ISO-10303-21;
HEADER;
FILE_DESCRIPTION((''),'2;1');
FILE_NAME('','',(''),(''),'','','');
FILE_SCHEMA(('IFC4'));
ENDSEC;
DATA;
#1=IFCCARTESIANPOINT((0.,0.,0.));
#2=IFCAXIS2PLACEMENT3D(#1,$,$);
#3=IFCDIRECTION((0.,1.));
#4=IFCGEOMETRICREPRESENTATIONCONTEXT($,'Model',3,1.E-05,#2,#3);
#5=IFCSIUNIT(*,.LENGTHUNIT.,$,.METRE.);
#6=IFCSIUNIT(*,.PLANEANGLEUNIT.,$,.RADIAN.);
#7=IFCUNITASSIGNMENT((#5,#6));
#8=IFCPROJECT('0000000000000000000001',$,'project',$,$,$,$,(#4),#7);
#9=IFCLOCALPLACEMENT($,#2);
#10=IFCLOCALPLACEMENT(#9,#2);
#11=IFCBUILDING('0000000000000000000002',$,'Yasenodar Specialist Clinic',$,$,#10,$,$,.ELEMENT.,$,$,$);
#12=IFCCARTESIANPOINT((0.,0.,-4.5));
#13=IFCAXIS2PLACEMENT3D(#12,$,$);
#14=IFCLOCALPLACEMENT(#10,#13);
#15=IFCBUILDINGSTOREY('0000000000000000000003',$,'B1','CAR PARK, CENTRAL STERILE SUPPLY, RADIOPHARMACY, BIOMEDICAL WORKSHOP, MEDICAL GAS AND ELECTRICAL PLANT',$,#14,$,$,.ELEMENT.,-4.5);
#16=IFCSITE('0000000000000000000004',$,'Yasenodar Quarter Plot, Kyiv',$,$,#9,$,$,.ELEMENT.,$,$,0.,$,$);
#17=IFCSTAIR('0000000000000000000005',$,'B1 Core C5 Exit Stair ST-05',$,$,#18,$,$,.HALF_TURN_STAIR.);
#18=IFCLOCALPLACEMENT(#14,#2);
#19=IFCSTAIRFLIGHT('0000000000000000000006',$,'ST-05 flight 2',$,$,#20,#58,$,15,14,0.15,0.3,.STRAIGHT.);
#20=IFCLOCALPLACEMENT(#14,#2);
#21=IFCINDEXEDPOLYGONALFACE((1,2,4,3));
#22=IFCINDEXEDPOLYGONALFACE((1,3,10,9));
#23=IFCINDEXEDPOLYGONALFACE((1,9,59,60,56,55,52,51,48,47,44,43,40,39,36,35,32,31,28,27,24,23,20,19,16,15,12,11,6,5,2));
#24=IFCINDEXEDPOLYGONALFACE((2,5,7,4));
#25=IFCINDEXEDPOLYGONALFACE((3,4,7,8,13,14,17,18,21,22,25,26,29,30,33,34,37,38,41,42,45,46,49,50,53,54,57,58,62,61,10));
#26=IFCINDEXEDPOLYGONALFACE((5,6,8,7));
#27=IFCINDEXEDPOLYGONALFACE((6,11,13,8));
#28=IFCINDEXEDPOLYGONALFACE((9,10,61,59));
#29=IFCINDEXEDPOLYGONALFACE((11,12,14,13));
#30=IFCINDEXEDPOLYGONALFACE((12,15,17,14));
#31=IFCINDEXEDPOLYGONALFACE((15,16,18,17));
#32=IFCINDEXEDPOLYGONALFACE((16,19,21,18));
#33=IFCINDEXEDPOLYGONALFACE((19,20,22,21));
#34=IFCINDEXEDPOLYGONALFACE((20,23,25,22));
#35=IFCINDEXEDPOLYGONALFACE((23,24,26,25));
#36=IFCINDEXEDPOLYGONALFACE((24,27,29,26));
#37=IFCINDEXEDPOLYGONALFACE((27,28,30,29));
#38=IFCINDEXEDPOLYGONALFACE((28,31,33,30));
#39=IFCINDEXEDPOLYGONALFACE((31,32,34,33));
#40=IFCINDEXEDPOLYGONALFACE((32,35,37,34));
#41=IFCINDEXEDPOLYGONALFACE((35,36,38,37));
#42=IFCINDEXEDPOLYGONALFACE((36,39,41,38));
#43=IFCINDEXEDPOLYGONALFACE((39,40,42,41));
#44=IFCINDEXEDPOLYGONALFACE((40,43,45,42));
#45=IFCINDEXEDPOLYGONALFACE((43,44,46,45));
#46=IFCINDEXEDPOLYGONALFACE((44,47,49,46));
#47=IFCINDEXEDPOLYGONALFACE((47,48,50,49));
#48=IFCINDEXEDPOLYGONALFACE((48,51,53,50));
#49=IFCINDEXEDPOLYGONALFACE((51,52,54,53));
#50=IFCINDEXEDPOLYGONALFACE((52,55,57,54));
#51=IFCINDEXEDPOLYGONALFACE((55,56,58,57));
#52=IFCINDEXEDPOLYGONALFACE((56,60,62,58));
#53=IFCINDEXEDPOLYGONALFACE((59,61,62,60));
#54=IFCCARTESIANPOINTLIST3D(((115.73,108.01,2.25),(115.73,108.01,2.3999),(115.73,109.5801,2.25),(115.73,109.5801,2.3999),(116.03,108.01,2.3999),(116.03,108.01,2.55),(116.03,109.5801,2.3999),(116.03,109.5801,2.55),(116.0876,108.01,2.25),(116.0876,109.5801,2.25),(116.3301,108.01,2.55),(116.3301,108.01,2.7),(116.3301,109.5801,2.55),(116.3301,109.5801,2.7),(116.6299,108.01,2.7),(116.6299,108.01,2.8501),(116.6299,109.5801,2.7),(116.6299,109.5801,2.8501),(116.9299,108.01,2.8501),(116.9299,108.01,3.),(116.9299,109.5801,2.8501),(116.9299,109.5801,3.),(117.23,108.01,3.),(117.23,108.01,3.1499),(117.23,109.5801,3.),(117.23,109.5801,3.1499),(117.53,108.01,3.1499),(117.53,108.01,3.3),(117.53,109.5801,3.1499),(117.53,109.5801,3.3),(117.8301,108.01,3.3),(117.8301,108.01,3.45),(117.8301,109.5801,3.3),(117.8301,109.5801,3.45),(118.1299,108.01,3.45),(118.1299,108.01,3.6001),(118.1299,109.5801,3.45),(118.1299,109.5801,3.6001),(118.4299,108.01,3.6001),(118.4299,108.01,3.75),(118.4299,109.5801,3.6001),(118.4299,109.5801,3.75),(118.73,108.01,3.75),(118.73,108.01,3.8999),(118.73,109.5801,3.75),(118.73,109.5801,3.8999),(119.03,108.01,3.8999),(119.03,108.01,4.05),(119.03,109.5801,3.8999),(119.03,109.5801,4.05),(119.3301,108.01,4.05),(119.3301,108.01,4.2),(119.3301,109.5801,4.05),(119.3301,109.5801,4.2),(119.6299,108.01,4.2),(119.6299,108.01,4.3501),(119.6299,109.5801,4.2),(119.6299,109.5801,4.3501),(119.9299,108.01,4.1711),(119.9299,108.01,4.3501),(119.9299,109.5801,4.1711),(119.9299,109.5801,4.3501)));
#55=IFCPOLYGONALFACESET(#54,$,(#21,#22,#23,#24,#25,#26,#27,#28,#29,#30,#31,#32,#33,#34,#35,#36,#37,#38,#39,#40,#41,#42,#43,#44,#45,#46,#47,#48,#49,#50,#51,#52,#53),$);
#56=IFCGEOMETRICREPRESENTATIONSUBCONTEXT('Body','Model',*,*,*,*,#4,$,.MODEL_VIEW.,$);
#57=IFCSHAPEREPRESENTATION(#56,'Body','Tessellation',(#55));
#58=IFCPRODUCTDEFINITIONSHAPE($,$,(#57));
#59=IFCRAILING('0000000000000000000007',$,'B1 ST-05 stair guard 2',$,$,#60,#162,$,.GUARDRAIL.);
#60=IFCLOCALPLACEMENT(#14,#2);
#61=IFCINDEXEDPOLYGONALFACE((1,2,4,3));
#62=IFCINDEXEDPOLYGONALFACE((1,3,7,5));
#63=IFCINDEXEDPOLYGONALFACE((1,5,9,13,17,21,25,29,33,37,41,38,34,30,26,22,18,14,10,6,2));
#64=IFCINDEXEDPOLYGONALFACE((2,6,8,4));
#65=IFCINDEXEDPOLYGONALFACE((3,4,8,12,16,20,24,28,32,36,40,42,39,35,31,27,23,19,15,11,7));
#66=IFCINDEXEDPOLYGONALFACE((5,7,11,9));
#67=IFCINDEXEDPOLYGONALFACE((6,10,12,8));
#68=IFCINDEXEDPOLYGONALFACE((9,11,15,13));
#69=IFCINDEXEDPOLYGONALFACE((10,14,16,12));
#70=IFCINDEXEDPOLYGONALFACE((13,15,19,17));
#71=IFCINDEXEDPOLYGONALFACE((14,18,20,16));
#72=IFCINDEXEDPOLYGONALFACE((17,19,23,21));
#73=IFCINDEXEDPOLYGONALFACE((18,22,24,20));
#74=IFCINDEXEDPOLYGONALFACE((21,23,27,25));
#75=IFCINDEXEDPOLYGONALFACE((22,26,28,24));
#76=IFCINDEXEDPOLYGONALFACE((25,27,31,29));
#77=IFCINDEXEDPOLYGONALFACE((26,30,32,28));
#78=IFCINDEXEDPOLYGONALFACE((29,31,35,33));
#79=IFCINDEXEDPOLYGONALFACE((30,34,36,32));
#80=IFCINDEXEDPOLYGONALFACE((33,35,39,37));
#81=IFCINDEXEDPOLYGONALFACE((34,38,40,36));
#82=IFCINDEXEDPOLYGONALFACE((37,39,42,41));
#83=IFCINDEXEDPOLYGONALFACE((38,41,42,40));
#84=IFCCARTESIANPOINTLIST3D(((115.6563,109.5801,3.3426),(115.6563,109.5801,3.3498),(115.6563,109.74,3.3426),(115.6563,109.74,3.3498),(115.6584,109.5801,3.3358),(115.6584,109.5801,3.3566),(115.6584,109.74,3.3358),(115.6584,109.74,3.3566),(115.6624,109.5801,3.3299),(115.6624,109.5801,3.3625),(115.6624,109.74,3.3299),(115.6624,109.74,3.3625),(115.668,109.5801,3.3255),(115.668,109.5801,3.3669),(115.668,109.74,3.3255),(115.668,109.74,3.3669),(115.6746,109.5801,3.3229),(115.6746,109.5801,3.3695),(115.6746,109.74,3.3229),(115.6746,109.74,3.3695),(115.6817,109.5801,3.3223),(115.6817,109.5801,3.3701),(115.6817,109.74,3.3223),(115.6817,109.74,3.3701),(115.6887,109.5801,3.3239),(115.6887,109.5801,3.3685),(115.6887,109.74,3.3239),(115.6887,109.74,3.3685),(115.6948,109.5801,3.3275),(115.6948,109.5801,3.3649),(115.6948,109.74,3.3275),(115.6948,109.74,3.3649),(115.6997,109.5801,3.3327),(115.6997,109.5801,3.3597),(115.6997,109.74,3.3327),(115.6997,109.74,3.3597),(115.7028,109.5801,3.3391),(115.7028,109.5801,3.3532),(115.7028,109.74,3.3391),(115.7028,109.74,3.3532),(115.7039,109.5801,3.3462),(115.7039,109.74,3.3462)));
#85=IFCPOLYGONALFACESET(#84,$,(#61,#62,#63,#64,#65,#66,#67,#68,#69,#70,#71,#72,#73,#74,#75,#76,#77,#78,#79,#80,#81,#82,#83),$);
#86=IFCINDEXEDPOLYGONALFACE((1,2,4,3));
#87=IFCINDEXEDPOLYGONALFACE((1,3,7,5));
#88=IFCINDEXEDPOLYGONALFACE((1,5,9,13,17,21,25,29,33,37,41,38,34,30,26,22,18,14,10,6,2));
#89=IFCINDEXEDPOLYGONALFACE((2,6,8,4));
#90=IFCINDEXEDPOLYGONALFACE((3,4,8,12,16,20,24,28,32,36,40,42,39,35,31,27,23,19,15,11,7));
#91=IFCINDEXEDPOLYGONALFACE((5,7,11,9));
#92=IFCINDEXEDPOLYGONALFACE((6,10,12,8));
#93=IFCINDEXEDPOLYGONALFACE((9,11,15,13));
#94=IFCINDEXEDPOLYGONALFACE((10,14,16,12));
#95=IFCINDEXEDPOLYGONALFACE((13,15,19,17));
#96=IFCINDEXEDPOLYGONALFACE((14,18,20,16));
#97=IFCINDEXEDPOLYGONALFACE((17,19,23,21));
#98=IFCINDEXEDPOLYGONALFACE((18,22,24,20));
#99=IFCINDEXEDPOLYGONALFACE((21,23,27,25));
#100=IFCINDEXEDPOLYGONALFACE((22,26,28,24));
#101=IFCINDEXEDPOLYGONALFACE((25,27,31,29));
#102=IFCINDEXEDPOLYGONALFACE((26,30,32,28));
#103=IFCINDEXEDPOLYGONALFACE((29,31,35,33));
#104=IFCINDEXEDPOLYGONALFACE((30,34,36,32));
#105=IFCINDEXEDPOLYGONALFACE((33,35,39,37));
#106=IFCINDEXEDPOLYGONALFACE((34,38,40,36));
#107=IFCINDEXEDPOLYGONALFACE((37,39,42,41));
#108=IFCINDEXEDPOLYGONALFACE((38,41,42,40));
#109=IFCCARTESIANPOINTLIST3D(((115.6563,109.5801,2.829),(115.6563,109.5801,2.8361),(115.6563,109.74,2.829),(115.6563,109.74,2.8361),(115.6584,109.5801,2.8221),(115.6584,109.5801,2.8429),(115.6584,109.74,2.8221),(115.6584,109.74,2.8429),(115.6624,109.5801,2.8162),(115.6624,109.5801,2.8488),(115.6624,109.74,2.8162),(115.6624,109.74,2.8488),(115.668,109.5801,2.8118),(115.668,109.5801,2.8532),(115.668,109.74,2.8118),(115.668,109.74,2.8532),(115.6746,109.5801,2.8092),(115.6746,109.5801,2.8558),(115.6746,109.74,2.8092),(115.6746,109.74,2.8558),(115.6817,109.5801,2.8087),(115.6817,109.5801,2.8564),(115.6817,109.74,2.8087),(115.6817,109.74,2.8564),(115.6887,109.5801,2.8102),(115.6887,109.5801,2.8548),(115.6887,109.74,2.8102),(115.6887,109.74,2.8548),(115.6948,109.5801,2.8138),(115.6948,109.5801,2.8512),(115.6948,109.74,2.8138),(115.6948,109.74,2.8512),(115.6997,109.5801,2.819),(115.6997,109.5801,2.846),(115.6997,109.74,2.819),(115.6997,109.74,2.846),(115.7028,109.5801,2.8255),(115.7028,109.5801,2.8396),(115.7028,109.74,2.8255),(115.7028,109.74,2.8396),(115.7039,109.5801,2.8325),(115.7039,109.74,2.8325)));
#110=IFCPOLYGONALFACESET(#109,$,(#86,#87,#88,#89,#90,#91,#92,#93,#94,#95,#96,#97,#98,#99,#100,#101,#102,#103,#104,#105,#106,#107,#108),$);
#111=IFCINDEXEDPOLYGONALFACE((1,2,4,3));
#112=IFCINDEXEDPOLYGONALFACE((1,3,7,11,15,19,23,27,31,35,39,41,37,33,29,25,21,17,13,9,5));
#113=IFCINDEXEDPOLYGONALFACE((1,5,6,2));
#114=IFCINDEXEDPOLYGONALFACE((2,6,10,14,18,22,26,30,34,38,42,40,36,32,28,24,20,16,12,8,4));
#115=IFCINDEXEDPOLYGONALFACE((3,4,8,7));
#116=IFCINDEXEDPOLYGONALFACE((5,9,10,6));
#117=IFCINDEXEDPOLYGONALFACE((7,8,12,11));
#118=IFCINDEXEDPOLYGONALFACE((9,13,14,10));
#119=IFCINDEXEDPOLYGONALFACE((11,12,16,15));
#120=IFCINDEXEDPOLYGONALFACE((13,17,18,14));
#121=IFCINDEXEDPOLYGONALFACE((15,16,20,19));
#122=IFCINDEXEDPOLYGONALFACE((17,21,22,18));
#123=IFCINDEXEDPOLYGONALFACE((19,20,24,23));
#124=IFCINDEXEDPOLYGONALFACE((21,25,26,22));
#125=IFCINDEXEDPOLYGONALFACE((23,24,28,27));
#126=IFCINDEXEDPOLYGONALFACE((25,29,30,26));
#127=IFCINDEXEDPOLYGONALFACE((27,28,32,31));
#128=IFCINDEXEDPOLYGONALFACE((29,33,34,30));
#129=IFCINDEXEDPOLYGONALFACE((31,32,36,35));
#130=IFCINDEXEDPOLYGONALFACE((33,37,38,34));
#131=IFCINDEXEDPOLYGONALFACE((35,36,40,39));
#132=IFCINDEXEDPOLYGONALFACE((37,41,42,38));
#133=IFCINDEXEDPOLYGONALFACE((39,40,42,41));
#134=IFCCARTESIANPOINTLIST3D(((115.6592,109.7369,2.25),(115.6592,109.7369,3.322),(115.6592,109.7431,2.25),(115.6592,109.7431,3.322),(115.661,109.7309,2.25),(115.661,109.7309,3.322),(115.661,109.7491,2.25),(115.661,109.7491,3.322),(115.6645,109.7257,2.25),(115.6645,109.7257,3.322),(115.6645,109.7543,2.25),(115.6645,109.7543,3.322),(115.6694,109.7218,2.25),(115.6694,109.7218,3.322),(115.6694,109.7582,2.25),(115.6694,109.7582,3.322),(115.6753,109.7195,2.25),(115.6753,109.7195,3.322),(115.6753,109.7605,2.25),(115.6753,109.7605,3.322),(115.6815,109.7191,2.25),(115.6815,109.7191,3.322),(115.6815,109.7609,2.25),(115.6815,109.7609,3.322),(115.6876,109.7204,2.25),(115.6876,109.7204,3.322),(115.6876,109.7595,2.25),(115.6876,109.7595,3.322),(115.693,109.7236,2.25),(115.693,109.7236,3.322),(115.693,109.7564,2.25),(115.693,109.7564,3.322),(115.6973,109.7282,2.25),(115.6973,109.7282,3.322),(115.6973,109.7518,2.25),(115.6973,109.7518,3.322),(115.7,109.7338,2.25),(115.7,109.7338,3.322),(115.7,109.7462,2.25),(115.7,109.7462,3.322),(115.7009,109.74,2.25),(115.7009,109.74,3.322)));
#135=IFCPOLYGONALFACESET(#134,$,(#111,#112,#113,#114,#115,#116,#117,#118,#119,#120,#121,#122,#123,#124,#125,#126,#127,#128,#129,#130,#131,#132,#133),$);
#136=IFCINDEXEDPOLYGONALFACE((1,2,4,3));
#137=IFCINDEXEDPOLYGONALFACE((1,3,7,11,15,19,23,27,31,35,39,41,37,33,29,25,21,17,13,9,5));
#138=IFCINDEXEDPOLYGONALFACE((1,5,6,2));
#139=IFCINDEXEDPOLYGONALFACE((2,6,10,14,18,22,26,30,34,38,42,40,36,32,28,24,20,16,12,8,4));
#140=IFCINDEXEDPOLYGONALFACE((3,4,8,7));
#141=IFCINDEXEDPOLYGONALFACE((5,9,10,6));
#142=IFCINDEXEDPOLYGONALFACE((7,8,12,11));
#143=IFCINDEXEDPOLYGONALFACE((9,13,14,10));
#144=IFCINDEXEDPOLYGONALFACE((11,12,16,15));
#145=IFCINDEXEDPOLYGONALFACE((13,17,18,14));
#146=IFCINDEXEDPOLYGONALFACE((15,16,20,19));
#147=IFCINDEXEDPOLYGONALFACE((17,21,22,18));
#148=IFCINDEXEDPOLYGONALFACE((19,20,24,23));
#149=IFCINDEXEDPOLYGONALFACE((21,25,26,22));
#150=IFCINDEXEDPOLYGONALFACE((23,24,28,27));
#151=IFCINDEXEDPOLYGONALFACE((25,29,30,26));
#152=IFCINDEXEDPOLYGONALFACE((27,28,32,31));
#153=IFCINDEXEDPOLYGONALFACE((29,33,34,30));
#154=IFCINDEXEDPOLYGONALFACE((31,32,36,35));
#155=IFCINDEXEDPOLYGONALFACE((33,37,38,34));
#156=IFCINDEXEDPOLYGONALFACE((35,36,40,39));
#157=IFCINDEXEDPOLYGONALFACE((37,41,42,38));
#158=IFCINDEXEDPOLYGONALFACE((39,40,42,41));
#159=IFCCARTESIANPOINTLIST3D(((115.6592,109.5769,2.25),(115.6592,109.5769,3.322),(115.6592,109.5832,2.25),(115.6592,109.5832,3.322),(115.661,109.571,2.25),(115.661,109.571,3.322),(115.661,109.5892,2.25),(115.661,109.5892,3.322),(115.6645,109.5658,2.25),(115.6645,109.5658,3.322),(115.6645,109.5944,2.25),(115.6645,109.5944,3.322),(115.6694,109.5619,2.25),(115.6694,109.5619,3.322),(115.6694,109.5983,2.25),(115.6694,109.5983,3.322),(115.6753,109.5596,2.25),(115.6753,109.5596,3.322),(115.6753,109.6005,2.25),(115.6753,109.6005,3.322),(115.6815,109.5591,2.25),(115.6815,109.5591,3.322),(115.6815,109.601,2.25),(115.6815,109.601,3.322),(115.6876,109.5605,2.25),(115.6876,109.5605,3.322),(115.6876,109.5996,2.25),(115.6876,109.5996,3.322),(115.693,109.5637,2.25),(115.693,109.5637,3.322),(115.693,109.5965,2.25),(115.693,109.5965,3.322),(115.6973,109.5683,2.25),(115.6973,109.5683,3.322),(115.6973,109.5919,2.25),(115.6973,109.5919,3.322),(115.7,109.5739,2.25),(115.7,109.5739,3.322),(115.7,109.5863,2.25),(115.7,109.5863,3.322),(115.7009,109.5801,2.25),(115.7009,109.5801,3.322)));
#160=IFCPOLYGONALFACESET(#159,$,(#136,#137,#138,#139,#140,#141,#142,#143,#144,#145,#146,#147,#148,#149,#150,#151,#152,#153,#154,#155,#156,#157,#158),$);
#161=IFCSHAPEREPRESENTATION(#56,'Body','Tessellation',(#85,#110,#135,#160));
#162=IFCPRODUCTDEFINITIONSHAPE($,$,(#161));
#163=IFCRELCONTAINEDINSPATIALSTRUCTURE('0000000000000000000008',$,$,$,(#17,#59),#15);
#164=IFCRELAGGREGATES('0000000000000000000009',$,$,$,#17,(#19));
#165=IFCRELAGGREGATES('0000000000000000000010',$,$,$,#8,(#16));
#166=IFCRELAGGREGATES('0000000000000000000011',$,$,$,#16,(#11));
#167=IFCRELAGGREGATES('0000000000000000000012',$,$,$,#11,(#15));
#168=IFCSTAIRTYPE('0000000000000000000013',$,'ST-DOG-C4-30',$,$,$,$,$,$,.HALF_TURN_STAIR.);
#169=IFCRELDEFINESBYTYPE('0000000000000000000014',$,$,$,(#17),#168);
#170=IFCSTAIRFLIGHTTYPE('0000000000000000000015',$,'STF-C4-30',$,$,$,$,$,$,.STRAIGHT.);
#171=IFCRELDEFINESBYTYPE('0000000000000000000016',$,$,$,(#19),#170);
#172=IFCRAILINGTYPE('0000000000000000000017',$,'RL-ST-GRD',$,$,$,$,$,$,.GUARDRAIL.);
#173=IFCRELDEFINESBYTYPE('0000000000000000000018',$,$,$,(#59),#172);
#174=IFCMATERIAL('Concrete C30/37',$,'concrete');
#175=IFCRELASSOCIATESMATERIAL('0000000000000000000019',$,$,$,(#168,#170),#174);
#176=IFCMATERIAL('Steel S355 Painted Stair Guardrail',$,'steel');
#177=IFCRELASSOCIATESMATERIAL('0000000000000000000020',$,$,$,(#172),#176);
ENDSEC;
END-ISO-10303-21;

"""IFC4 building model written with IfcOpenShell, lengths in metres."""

from ifc_helpers import new_model, si_unit, direction, frame, origin, origin_2d, place, context, subcontext, project, spatial, polyline, circle, outline, extrude, material, type_object, element, aggregate, save


model = new_model("IFC4")

# Units and contexts
model_context = context("Model", 3, precision=1e-05, world=origin(), true_north=direction((0.0, 1.0)))
body_context = subcontext(model_context, "Body", "Model", "MODEL_VIEW")
ifc_project = project(units=[si_unit("LENGTHUNIT", "METRE"), si_unit("PLANEANGLEUNIT", "RADIAN")], contexts=[model_context])

# Site, building, storey
site_placement = place(None, origin())
site = spatial("IfcSite", under=ifc_project, at=site_placement, Name="Yasenodar Quarter Plot, Kyiv", CompositionType="ELEMENT", RefElevation=0.0)
building_placement = place(site_placement, origin())
building = spatial("IfcBuilding", under=site, at=building_placement, Name="Yasenodar Specialist Clinic", CompositionType="ELEMENT")
storey_placement = place(building_placement, frame((0.0, 0.0, -4.5)))
storey = spatial("IfcBuildingStorey", under=building, at=storey_placement, Name="B1", Description="CAR PARK, CENTRAL STERILE SUPPLY, RADIOPHARMACY, BIOMEDICAL WORKSHOP, MEDICAL GAS AND ELECTRICAL PLANT", CompositionType="ELEMENT", Elevation=-4.5)

# Shared definitions
ifc_material_1 = material(Name="Concrete C30/37", Category="concrete")

# Stair, stair flight
stair_type = type_object("IfcStairType", Name="ST-DOG-C4-30", PredefinedType="HALF_TURN_STAIR", material=ifc_material_1)
stair_placement = place(storey_placement, origin())
stair = element("IfcStair", 1, at=stair_placement, inside=storey, type_object=stair_type, Name="B1 Core C5 Exit Stair ST-05", PredefinedType="HALF_TURN_STAIR")
stair_flight_type = type_object("IfcStairFlightType", Name="STF-C4-30", PredefinedType="STRAIGHT", material=ifc_material_1)
stair_flight_placement = place(storey_placement, frame((115.73, 108.7949, 2.25), z_axis=(0.0, 0.0, 1.0), x_axis=(1.0, 0.0, 0.0)))
stair_flight = element("IfcStairFlight", 2, at=stair_flight_placement, type_object=stair_flight_type, Name="ST-05 flight 2", NumberOfRisers=15, NumberOfTreads=14, PredefinedType="STRAIGHT", RiserHeight=0.15, TreadLength=0.3, context=body_context, shape_type="SweptSolid", body=[
    extrude(outline(polyline([(0.0, 0.0), (0.0, 0.1499), (0.3, 0.1499), (0.3, 0.3), (0.6001, 0.3), (0.6001, 0.45), (0.8999, 0.45), (0.8999, 0.6001), (1.2, 0.6001), (1.2, 0.75), (1.5, 0.75), (1.5, 0.8999), (1.8, 0.8999), (1.8, 1.05), (2.1001, 1.05), (2.1001, 1.2), (2.3999, 1.2), (2.3999, 1.3501), (2.7, 1.3501), (2.7, 1.5), (3.0, 1.5), (3.0, 1.6499), (3.3, 1.6499), (3.3, 1.8), (3.6001, 1.8), (3.6001, 1.95), (3.8999, 1.95), (3.8999, 2.1001), (4.2, 2.1001), (4.2, 2.25), (4.2, 1.9211), (0.3577, 0.0), (0.0, 0.0)])), frame((0.0, 0.7852, 0.0), z_axis=(0.0, -1.0, 0.0), x_axis=(1.0, 0.0, 0.0)), (0.0, 0.0, 1.0), 1.5701),
])
aggregate(stair, [stair_flight])

# Railing
ifc_material_2 = material(Name="Steel S355 Painted Stair Guardrail", Category="steel")
railing_type_1 = type_object("IfcRailingType", Name="RL-ST-GRD", PredefinedType="GUARDRAIL", material=ifc_material_2)
railing_1_placement = place(storey_placement, frame((115.6799, 109.74, 2.25)))
element("IfcRailing", 3, at=railing_1_placement, inside=storey, type_object=railing_type_1, Name="B1 ST-05 stair guard 2", PredefinedType="GUARDRAIL", context=body_context, shape_type="SweptSolid", body=[
    extrude(circle(Radius=0.0239, at=origin_2d()), frame((0.0, 0.0, 1.0962), z_axis=(0.0, -1.0, 0.0), x_axis=(1.0, 0.0, 0.0)), (0.0, 0.0, 1.0), 0.1599),
    extrude(circle(Radius=0.0239, at=origin_2d()), frame((0.0, 0.0, 0.5825), z_axis=(0.0, -1.0, 0.0), x_axis=(1.0, 0.0, 0.0)), (0.0, 0.0, 1.0), 0.1599),
    extrude(circle(Radius=0.021, at=origin_2d()), origin(), (0.0, 0.0, 1.0), 1.072),
    extrude(circle(Radius=0.021, at=origin_2d()), frame((0.0, -0.1599, 0.0)), (0.0, 0.0, 1.0), 1.072),
])

save(model, "model.ifc")
